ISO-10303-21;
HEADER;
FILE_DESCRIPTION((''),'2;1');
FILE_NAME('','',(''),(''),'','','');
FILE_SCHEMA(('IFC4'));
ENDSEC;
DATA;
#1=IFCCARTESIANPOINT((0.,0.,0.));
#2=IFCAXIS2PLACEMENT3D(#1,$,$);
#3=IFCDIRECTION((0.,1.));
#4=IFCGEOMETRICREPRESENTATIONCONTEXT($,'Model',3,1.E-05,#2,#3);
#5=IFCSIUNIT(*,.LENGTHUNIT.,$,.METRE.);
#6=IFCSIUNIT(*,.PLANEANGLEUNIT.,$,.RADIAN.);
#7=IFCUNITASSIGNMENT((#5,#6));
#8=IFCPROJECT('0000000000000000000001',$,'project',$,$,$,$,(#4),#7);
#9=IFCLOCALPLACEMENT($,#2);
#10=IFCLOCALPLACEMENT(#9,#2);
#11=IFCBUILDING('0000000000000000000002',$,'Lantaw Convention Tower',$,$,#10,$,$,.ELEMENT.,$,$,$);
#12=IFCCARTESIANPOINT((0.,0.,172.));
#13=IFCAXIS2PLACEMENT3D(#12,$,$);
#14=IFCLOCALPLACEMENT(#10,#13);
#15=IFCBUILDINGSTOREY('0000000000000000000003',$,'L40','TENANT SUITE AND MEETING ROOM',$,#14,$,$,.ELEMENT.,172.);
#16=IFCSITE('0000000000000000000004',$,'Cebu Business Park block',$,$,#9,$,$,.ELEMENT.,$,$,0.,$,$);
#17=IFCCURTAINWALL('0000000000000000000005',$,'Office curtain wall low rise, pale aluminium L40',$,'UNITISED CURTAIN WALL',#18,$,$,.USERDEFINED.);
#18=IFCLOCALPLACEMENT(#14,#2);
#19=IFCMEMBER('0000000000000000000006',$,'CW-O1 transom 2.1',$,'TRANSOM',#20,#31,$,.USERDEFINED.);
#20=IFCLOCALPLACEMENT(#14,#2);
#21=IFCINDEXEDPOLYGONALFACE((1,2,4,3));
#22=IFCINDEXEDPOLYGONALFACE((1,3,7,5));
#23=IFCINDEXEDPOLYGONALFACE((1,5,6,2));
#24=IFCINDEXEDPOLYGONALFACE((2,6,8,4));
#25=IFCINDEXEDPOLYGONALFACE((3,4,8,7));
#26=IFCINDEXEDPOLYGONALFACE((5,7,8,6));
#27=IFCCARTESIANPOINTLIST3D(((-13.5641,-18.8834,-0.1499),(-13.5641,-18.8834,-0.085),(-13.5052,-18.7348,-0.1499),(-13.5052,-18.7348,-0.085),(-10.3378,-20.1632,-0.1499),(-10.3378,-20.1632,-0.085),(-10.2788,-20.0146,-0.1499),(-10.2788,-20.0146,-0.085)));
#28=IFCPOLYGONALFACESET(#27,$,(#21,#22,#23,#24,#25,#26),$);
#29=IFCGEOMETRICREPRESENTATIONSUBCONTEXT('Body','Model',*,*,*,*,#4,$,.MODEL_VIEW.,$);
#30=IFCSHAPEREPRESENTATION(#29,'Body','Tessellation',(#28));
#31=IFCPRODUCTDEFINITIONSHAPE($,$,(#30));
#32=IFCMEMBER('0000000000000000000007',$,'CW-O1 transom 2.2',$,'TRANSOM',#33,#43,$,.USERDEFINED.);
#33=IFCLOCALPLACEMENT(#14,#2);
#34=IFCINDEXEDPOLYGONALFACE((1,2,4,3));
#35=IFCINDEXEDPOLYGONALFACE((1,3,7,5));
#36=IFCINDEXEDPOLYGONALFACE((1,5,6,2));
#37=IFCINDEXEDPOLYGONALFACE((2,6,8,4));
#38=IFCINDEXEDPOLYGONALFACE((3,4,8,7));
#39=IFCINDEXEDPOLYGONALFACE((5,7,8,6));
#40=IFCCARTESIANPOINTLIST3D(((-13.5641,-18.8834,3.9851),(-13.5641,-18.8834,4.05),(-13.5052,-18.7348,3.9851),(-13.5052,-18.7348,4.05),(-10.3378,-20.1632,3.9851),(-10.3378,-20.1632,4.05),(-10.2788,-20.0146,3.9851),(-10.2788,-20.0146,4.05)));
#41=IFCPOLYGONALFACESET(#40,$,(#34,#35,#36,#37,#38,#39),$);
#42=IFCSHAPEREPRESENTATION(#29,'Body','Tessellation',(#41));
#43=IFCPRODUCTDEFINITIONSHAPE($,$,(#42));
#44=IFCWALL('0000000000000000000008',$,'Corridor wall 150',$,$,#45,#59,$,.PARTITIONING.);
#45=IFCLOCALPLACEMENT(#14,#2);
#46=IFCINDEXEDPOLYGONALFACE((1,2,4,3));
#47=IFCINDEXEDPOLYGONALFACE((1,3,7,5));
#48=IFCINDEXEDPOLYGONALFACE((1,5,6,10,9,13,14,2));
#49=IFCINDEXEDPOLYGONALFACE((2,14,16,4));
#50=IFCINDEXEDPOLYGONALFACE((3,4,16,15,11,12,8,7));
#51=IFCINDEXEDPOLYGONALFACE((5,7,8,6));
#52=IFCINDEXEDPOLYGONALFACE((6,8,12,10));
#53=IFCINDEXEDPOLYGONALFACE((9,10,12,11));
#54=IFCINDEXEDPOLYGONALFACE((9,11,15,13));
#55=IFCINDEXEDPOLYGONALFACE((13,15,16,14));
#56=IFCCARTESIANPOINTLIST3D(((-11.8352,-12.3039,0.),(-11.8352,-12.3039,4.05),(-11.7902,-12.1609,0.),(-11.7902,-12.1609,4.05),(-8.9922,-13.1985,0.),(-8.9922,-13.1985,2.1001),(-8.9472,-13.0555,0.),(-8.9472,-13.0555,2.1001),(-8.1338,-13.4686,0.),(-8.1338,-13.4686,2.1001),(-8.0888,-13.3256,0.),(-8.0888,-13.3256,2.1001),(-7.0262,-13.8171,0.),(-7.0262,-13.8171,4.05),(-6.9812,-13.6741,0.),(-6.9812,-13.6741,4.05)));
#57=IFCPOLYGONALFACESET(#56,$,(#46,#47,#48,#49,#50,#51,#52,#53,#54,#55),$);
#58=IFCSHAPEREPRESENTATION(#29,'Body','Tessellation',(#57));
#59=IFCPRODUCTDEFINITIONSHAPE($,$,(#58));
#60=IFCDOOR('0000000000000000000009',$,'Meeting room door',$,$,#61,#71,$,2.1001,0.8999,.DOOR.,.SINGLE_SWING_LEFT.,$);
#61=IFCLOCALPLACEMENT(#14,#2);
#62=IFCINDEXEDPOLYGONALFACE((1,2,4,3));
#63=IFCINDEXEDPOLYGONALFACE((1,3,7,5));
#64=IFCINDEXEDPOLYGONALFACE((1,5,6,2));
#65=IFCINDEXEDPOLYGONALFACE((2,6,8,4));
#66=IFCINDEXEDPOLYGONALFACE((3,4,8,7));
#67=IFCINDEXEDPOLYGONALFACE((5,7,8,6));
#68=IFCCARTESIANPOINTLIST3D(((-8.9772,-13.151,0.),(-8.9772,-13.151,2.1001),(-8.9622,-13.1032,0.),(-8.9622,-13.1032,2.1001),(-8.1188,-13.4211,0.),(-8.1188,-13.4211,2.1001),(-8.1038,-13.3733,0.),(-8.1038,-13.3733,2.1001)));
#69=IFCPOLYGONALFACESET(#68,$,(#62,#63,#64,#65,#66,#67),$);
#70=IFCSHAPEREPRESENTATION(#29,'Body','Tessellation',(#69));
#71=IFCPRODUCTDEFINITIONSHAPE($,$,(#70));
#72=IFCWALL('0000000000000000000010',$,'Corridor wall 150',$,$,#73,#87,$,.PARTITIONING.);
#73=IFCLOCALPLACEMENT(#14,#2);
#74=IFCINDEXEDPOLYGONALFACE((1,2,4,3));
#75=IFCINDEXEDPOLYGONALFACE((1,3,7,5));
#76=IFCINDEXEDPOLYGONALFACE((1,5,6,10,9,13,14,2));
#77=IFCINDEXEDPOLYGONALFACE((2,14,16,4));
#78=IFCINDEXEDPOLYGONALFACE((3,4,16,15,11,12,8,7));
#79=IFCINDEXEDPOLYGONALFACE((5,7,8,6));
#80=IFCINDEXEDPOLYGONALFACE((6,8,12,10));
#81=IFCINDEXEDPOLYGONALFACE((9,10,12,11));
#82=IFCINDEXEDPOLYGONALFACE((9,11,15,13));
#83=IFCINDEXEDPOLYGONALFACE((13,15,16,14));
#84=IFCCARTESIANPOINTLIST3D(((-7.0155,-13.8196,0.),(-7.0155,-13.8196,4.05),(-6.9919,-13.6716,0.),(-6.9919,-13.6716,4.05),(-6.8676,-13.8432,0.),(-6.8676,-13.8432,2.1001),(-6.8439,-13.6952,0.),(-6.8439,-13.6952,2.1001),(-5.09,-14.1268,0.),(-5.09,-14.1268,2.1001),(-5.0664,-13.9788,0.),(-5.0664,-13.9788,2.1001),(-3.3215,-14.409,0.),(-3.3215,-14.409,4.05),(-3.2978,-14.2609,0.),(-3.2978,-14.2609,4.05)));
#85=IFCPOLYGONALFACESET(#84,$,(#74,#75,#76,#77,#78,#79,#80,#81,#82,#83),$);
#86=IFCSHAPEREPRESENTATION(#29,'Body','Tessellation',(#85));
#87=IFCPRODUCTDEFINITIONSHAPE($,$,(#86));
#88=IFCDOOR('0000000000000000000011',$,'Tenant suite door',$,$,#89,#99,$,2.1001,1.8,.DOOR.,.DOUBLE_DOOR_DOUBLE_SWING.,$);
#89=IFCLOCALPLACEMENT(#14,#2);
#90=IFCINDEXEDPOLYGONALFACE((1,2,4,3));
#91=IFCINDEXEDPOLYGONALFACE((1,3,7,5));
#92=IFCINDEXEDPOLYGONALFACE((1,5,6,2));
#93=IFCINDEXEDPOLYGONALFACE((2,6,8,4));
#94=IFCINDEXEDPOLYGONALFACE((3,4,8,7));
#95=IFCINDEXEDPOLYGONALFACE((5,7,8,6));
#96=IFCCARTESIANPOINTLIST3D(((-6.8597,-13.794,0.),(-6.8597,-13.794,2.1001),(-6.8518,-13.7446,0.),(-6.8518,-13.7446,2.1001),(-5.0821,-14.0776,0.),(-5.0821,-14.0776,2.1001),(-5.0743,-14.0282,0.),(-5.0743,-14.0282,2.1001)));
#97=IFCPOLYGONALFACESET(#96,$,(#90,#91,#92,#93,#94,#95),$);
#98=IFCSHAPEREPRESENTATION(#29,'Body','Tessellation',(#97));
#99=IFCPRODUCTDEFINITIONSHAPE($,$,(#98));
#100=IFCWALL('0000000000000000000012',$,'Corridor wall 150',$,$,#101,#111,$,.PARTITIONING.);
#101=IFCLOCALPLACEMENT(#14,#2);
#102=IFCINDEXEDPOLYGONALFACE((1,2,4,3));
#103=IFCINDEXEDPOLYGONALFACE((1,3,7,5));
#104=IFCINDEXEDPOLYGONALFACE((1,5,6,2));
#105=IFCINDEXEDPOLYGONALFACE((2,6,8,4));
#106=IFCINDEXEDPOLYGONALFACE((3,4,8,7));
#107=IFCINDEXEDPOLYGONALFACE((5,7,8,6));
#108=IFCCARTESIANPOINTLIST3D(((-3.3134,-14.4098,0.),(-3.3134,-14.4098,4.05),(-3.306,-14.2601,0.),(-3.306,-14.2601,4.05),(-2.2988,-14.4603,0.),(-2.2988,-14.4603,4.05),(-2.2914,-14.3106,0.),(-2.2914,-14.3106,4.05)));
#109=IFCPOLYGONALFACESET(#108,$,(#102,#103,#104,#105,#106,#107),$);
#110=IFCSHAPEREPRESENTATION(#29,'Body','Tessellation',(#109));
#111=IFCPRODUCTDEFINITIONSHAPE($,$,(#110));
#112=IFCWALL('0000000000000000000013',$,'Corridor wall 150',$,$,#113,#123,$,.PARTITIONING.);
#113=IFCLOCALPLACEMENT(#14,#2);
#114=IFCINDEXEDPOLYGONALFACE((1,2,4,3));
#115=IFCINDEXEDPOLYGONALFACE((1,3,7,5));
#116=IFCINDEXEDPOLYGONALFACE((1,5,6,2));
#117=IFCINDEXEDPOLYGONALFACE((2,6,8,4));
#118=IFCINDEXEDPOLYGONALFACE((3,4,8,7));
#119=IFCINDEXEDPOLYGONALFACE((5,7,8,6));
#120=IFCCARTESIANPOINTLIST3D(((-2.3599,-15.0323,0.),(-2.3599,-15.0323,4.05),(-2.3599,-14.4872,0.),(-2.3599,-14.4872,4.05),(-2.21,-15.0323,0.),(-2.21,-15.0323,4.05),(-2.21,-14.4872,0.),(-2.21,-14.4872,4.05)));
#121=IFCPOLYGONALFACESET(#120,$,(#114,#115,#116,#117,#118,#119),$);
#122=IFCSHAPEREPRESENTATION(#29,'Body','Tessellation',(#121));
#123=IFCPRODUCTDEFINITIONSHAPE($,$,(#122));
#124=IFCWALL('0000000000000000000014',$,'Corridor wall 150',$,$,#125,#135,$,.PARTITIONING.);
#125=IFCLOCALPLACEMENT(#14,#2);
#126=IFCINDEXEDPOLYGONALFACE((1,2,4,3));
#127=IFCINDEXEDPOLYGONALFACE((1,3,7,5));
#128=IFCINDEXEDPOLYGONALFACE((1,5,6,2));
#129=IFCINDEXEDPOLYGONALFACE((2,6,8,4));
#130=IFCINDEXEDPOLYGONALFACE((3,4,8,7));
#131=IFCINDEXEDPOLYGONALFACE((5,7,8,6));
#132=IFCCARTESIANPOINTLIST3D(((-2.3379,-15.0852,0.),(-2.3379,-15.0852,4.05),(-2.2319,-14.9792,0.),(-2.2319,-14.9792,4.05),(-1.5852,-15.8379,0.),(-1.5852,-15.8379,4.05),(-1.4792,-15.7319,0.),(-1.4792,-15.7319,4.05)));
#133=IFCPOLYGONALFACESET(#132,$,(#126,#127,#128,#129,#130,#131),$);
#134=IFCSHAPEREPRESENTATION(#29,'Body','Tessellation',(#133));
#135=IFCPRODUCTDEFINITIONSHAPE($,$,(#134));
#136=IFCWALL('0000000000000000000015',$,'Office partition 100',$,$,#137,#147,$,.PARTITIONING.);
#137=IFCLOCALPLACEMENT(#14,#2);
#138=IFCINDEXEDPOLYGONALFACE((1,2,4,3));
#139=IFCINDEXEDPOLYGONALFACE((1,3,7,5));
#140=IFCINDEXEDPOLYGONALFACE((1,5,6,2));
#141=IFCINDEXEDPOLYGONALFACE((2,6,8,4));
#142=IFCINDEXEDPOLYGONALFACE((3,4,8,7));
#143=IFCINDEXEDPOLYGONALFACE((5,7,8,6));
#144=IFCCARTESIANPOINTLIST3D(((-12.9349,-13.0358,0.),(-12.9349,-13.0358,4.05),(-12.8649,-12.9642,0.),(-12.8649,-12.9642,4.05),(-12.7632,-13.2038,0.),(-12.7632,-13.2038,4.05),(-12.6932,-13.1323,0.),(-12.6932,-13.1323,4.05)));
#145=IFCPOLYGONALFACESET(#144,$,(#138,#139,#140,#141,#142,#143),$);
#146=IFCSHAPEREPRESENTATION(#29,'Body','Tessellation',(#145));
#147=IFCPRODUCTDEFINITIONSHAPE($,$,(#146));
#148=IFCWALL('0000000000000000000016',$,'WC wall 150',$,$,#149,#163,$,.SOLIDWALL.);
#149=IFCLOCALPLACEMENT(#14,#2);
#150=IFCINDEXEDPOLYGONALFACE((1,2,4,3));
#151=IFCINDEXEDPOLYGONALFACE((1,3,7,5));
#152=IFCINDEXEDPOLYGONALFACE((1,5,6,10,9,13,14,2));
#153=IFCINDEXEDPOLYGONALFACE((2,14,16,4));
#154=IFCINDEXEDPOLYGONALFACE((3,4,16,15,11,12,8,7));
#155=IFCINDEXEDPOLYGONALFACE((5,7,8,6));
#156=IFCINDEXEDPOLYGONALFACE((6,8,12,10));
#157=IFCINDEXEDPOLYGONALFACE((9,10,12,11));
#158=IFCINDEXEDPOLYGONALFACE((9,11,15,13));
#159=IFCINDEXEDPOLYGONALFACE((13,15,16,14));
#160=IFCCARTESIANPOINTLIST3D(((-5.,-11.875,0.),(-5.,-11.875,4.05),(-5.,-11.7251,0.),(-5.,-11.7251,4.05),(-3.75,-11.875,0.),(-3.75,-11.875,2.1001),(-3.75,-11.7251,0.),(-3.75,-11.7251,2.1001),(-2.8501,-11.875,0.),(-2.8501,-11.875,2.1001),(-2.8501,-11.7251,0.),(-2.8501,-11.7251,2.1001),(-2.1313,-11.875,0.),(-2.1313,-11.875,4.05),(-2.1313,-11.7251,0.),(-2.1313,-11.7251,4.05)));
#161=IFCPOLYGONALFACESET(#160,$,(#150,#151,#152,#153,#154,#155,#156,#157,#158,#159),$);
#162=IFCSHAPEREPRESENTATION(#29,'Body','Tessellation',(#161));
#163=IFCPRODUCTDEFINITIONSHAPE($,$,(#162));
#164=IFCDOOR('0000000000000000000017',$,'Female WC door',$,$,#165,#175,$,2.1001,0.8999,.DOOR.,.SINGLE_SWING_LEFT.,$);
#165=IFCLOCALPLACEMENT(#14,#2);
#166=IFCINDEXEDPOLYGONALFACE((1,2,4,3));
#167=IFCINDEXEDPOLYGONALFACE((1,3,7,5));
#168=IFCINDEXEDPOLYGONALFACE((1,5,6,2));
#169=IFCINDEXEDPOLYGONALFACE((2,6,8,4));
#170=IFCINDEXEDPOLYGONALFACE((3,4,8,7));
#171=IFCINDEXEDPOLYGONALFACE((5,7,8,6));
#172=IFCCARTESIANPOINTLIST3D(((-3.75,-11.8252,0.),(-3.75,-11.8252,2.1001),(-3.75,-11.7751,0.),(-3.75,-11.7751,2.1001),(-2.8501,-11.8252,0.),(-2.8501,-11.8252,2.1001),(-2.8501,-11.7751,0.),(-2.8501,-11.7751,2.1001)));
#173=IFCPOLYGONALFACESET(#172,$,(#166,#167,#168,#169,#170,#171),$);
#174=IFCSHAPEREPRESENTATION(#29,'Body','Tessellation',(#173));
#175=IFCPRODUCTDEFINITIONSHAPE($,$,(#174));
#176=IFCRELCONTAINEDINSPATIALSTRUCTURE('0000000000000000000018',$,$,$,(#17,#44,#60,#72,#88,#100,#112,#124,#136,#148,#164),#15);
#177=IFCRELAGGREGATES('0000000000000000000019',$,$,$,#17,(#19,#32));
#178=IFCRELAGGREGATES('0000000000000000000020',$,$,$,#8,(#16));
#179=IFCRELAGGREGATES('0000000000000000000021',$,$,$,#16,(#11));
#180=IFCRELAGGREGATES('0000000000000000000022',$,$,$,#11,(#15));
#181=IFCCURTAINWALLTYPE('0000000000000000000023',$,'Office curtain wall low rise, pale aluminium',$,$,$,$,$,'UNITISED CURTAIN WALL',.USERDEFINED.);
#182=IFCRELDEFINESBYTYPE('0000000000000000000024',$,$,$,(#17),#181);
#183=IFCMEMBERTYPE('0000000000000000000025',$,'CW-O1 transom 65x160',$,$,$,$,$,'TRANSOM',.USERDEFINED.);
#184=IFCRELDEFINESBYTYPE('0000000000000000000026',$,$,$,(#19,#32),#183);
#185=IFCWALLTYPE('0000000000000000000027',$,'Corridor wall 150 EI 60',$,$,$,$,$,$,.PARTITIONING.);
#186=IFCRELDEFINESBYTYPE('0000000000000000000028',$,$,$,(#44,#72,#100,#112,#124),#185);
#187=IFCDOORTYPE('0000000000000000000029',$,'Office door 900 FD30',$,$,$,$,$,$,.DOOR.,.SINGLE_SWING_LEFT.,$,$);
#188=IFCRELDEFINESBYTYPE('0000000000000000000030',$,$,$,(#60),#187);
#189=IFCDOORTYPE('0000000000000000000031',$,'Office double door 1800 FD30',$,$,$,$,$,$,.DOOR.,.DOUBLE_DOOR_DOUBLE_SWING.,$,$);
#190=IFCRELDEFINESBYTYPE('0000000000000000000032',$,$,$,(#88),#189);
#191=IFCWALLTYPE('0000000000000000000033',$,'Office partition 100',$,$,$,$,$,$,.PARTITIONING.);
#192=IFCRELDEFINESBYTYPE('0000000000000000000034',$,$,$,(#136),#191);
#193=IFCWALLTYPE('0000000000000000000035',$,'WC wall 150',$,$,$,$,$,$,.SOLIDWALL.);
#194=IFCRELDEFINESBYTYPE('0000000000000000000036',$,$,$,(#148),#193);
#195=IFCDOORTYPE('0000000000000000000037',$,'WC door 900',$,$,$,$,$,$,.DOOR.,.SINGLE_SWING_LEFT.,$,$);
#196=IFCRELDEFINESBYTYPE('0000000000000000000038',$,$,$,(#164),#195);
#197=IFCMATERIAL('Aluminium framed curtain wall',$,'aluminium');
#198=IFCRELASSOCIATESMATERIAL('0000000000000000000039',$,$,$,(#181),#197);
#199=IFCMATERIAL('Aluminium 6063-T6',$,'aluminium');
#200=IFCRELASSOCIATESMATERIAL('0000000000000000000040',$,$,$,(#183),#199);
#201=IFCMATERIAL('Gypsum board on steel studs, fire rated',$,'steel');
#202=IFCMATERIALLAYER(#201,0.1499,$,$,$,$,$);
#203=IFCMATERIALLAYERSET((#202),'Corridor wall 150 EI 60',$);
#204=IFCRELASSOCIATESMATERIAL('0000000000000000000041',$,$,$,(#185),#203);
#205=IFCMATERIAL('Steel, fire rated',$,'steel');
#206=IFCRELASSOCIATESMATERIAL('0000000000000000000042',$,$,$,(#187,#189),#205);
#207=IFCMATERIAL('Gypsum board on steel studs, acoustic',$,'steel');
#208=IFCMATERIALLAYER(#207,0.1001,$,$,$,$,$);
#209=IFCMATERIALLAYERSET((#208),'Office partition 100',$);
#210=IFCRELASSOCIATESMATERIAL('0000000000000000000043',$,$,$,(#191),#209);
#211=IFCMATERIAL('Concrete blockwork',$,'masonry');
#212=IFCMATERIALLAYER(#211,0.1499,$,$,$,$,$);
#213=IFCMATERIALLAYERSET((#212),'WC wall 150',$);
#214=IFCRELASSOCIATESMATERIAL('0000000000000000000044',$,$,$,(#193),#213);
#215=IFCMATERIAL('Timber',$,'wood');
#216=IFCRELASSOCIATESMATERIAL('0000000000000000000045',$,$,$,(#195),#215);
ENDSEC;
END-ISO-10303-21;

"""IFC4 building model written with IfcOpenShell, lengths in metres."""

from ifc_helpers import new_model, si_unit, direction, frame, frame_2d, origin, origin_2d, place, context, subcontext, project, spatial, rectangle, extrude, material, layer, layer_set, material_profile, profile_set, type_object, element, fill, aggregate, save


model = new_model("IFC4")

# Units and contexts
model_context = context("Model", 3, precision=1e-05, world=origin(), true_north=direction((0.0, 1.0)))
body_context = subcontext(model_context, "Body", "Model", "MODEL_VIEW")
ifc_project = project(units=[si_unit("LENGTHUNIT", "METRE"), si_unit("PLANEANGLEUNIT", "RADIAN")], contexts=[model_context])

# Site, building, storey
site_placement = place(None, origin())
site = spatial("IfcSite", under=ifc_project, at=site_placement, Name="Cebu Business Park block", CompositionType="ELEMENT", RefElevation=0.0)
building_placement = place(site_placement, origin())
building = spatial("IfcBuilding", under=site, at=building_placement, Name="Lantaw Convention Tower", CompositionType="ELEMENT")
storey_placement = place(building_placement, frame((0.0, 0.0, 172.0)))
storey = spatial("IfcBuildingStorey", under=building, at=storey_placement, Name="L40", Description="TENANT SUITE AND MEETING ROOM", CompositionType="ELEMENT", Elevation=172.0)

# Curtain wall, members
ifc_material_1 = material(Name="Aluminium framed curtain wall", Category="aluminium")
curtain_wall_type = type_object("IfcCurtainWallType", Name="Office curtain wall low rise, pale aluminium", ElementType="UNITISED CURTAIN WALL", PredefinedType="USERDEFINED", material=ifc_material_1)
curtain_wall_placement = place(storey_placement, origin())
curtain_wall = element("IfcCurtainWall", 1, at=curtain_wall_placement, inside=storey, type_object=curtain_wall_type, Name="Office curtain wall low rise, pale aluminium L40", ObjectType="UNITISED CURTAIN WALL", PredefinedType="USERDEFINED")
ifc_material_2 = material(Name="Aluminium 6063-T6", Category="aluminium")
ifc_material_profile_1 = material_profile(ifc_material_2, rectangle(XDim=0.1599, YDim=0.0649, at=origin_2d()), Name="CW-O1 transom 65x160")
ifc_profile_set_1 = profile_set([ifc_material_profile_1], Name="Aluminium 6063-T6")
member_type_1 = type_object("IfcMemberType", Name="CW-O1 transom 65x160", ElementType="TRANSOM", PredefinedType="USERDEFINED", material=ifc_profile_set_1)
member_1_placement = place(storey_placement, frame((-13.5347, -18.8091, -0.1174), z_axis=(0.92954, -0.368721, 0.0), x_axis=(0.368721, 0.92954, 0.0)))
member_1 = element("IfcMember", 2, at=member_1_placement, type_object=member_type_1, Name="CW-O1 transom 2.1", ObjectType="TRANSOM", PredefinedType="USERDEFINED", context=body_context, shape_type="SweptSolid", body=[
    extrude(rectangle(XDim=0.1599, YDim=0.0649, at=origin_2d()), origin(), (0.0, 0.0, 1.0), 3.4709),
])
member_2_placement = place(storey_placement, frame((-13.5347, -18.8091, 4.0176), z_axis=(0.92954, -0.368721, 0.0), x_axis=(0.368721, 0.92954, 0.0)))
member_2 = element("IfcMember", 3, at=member_2_placement, type_object=member_type_1, Name="CW-O1 transom 2.2", ObjectType="TRANSOM", PredefinedType="USERDEFINED", context=body_context, shape_type="SweptSolid", body=[
    extrude(rectangle(XDim=0.1599, YDim=0.0649, at=origin_2d()), origin(), (0.0, 0.0, 1.0), 3.4709),
])
aggregate(curtain_wall, [member_1, member_2])

# Walls, openings, doors
ifc_material_3 = material(Name="Gypsum board on steel studs, fire rated", Category="steel")
ifc_layer_1 = layer(ifc_material_3, 0.1499)
ifc_layer_set_1 = layer_set([ifc_layer_1], Name="Corridor wall 150 EI 60")
wall_type_1 = type_object("IfcWallType", Name="Corridor wall 150 EI 60", PredefinedType="PARTITIONING", material=ifc_layer_set_1)
wall_1_placement = place(storey_placement, frame((-11.8127, -12.2324, 0.0), z_axis=(0.0, 0.0, 1.0), x_axis=(0.953894, -0.300144, 0.0)))
wall_1 = element("IfcWall", 4, at=wall_1_placement, inside=storey, type_object=wall_type_1, Name="Corridor wall 150", PredefinedType="PARTITIONING", context=body_context, shape_type="SweptSolid", body=[
    extrude(rectangle(XDim=5.0415, YDim=0.1499, at=frame_2d((2.5208, 0.0))), origin(), (0.0, 0.0, 1.0), 4.05),
])
opening_1_placement = place(wall_1_placement, frame((2.9805, 0.0, 0.0)))
opening_1 = element("IfcOpeningElement", 5, at=opening_1_placement, cuts=wall_1, PredefinedType="OPENING", context=body_context, shape_type="SweptSolid", body=[
    extrude(rectangle(XDim=0.8999, YDim=2.1001, at=frame_2d((0.45, 1.05))), frame((0.0, 0.085, 0.0), z_axis=(0.0, -1.0, 0.0), x_axis=(1.0, 0.0, 0.0)), (0.0, 0.0, 1.0), 0.1699),
])
ifc_material_4 = material(Name="Steel, fire rated", Category="steel")
door_type_1 = type_object("IfcDoorType", Name="Office door 900 FD30", OperationType="SINGLE_SWING_LEFT", PredefinedType="DOOR", material=ifc_material_4)
door_1_placement = place(opening_1_placement, origin())
door_1 = element("IfcDoor", 6, at=door_1_placement, inside=storey, type_object=door_type_1, Name="Meeting room door", OperationType="SINGLE_SWING_LEFT", OverallHeight=2.1001, OverallWidth=0.8999, PredefinedType="DOOR", context=body_context, shape_type="SweptSolid", body=[
    extrude(rectangle(XDim=0.8999, YDim=2.1001, at=frame_2d((0.45, 1.05))), frame((0.0, 0.0249, 0.0), z_axis=(0.0, -1.0, 0.0), x_axis=(1.0, 0.0, 0.0)), (0.0, 0.0, 1.0), 0.05),
])
fill(opening_1, door_1)
wall_2_placement = place(storey_placement, frame((-7.0037, -13.7456, 0.0), z_axis=(0.0, 0.0, 1.0), x_axis=(0.987511, -0.157548, 0.0)))
wall_2 = element("IfcWall", 7, at=wall_2_placement, inside=storey, type_object=wall_type_1, Name="Corridor wall 150", PredefinedType="PARTITIONING", context=body_context, shape_type="SweptSolid", body=[
    extrude(rectangle(XDim=3.7407, YDim=0.1499, at=frame_2d((1.8704, 0.0))), origin(), (0.0, 0.0, 1.0), 4.05),
])
opening_2_placement = place(wall_2_placement, frame((0.1499, 0.0, 0.0)))
opening_2 = element("IfcOpeningElement", 8, at=opening_2_placement, cuts=wall_2, PredefinedType="OPENING", context=body_context, shape_type="SweptSolid", body=[
    extrude(rectangle(XDim=1.8, YDim=2.1001, at=frame_2d((0.8999, 1.05))), frame((0.0, 0.085, 0.0), z_axis=(0.0, -1.0, 0.0), x_axis=(1.0, 0.0, 0.0)), (0.0, 0.0, 1.0), 0.1699),
])
door_type_2 = type_object("IfcDoorType", Name="Office double door 1800 FD30", OperationType="DOUBLE_DOOR_DOUBLE_SWING", PredefinedType="DOOR", material=ifc_material_4)
door_2_placement = place(opening_2_placement, origin())
door_2 = element("IfcDoor", 9, at=door_2_placement, inside=storey, type_object=door_type_2, Name="Tenant suite door", OperationType="DOUBLE_DOOR_DOUBLE_SWING", OverallHeight=2.1001, OverallWidth=1.8, PredefinedType="DOOR", context=body_context, shape_type="SweptSolid", body=[
    extrude(rectangle(XDim=1.8, YDim=2.1001, at=frame_2d((0.8999, 1.05))), frame((0.0, 0.0249, 0.0), z_axis=(0.0, -1.0, 0.0), x_axis=(1.0, 0.0, 0.0)), (0.0, 0.0, 1.0), 0.05),
])
fill(opening_2, door_2)

# Walls
wall_3_placement = place(storey_placement, frame((-3.3096, -14.335, 0.0), z_axis=(0.0, 0.0, 1.0), x_axis=(0.998762, -0.049746, 0.0)))
element("IfcWall", 10, at=wall_3_placement, inside=storey, type_object=wall_type_1, Name="Corridor wall 150", PredefinedType="PARTITIONING", context=body_context, shape_type="SweptSolid", body=[
    extrude(rectangle(XDim=1.0159, YDim=0.1499, at=frame_2d((0.5078, 0.0))), origin(), (0.0, 0.0, 1.0), 4.05),
])
wall_4_placement = place(storey_placement, frame((-2.2849, -15.0322, 0.0), z_axis=(0.0, 0.0, 1.0), x_axis=(0.0, 1.0, 0.0)))
element("IfcWall", 11, at=wall_4_placement, inside=storey, type_object=wall_type_1, Name="Corridor wall 150", PredefinedType="PARTITIONING", context=body_context, shape_type="SweptSolid", body=[
    extrude(rectangle(XDim=0.5452, YDim=0.1499, at=frame_2d((0.2725, 0.0))), origin(), (0.0, 0.0, 1.0), 4.05),
])
wall_5_placement = place(storey_placement, frame((-1.5322, -15.7849, 0.0), z_axis=(0.0, 0.0, 1.0), x_axis=(-0.707107, 0.707107, 0.0)))
element("IfcWall", 12, at=wall_5_placement, inside=storey, type_object=wall_type_1, Name="Corridor wall 150", PredefinedType="PARTITIONING", context=body_context, shape_type="SweptSolid", body=[
    extrude(rectangle(XDim=1.0645, YDim=0.1499, at=frame_2d((0.5322, 0.0))), origin(), (0.0, 0.0, 1.0), 4.05),
])
ifc_material_5 = material(Name="Gypsum board on steel studs, acoustic", Category="steel")
ifc_layer_2 = layer(ifc_material_5, 0.1001)
ifc_layer_set_2 = layer_set([ifc_layer_2], Name="Office partition 100")
wall_type_2 = type_object("IfcWallType", Name="Office partition 100", PredefinedType="PARTITIONING", material=ifc_layer_set_2)
wall_6_placement = place(storey_placement, frame((-12.8999, -13.0, 0.0), z_axis=(0.0, 0.0, 1.0), x_axis=(0.71469, -0.699441, 0.0)))
element("IfcWall", 13, at=wall_6_placement, inside=storey, type_object=wall_type_2, Name="Office partition 100", PredefinedType="PARTITIONING", context=body_context, shape_type="SweptSolid", body=[
    extrude(rectangle(XDim=0.2402, YDim=0.1001, at=frame_2d((0.1201, 0.0))), origin(), (0.0, 0.0, 1.0), 4.05),
])

# Wall, opening, door
ifc_material_6 = material(Name="Concrete blockwork", Category="masonry")
ifc_layer_3 = layer(ifc_material_6, 0.1499)
ifc_layer_set_3 = layer_set([ifc_layer_3], Name="WC wall 150")
wall_type_3 = type_object("IfcWallType", Name="WC wall 150", PredefinedType="SOLIDWALL", material=ifc_layer_set_3)
wall_7_placement = place(storey_placement, frame((-5.0, -11.8, 0.0), z_axis=(0.0, 0.0, 1.0), x_axis=(1.0, 0.0, 0.0)))
wall_7 = element("IfcWall", 14, at=wall_7_placement, inside=storey, type_object=wall_type_3, Name="WC wall 150", PredefinedType="SOLIDWALL", context=body_context, shape_type="SweptSolid", body=[
    extrude(rectangle(XDim=2.8687, YDim=0.1499, at=frame_2d((1.4343, 0.0))), origin(), (0.0, 0.0, 1.0), 4.05),
])
opening_3_placement = place(wall_7_placement, frame((1.25, 0.0, 0.0)))
opening_3 = element("IfcOpeningElement", 15, at=opening_3_placement, cuts=wall_7, PredefinedType="OPENING", context=body_context, shape_type="SweptSolid", body=[
    extrude(rectangle(XDim=0.8999, YDim=2.1001, at=frame_2d((0.45, 1.05))), frame((0.0, 0.085, 0.0), z_axis=(0.0, -1.0, 0.0), x_axis=(1.0, 0.0, 0.0)), (0.0, 0.0, 1.0), 0.1699),
])
ifc_material_7 = material(Name="Timber", Category="wood")
door_type_3 = type_object("IfcDoorType", Name="WC door 900", OperationType="SINGLE_SWING_LEFT", PredefinedType="DOOR", material=ifc_material_7)
door_3_placement = place(opening_3_placement, origin())
door_3 = element("IfcDoor", 16, at=door_3_placement, inside=storey, type_object=door_type_3, Name="Female WC door", OperationType="SINGLE_SWING_LEFT", OverallHeight=2.1001, OverallWidth=0.8999, PredefinedType="DOOR", context=body_context, shape_type="SweptSolid", body=[
    extrude(rectangle(XDim=0.8999, YDim=2.1001, at=frame_2d((0.45, 1.05))), frame((0.0, 0.0249, 0.0), z_axis=(0.0, -1.0, 0.0), x_axis=(1.0, 0.0, 0.0)), (0.0, 0.0, 1.0), 0.05),
])
fill(opening_3, door_3)

save(model, "model.ifc")
